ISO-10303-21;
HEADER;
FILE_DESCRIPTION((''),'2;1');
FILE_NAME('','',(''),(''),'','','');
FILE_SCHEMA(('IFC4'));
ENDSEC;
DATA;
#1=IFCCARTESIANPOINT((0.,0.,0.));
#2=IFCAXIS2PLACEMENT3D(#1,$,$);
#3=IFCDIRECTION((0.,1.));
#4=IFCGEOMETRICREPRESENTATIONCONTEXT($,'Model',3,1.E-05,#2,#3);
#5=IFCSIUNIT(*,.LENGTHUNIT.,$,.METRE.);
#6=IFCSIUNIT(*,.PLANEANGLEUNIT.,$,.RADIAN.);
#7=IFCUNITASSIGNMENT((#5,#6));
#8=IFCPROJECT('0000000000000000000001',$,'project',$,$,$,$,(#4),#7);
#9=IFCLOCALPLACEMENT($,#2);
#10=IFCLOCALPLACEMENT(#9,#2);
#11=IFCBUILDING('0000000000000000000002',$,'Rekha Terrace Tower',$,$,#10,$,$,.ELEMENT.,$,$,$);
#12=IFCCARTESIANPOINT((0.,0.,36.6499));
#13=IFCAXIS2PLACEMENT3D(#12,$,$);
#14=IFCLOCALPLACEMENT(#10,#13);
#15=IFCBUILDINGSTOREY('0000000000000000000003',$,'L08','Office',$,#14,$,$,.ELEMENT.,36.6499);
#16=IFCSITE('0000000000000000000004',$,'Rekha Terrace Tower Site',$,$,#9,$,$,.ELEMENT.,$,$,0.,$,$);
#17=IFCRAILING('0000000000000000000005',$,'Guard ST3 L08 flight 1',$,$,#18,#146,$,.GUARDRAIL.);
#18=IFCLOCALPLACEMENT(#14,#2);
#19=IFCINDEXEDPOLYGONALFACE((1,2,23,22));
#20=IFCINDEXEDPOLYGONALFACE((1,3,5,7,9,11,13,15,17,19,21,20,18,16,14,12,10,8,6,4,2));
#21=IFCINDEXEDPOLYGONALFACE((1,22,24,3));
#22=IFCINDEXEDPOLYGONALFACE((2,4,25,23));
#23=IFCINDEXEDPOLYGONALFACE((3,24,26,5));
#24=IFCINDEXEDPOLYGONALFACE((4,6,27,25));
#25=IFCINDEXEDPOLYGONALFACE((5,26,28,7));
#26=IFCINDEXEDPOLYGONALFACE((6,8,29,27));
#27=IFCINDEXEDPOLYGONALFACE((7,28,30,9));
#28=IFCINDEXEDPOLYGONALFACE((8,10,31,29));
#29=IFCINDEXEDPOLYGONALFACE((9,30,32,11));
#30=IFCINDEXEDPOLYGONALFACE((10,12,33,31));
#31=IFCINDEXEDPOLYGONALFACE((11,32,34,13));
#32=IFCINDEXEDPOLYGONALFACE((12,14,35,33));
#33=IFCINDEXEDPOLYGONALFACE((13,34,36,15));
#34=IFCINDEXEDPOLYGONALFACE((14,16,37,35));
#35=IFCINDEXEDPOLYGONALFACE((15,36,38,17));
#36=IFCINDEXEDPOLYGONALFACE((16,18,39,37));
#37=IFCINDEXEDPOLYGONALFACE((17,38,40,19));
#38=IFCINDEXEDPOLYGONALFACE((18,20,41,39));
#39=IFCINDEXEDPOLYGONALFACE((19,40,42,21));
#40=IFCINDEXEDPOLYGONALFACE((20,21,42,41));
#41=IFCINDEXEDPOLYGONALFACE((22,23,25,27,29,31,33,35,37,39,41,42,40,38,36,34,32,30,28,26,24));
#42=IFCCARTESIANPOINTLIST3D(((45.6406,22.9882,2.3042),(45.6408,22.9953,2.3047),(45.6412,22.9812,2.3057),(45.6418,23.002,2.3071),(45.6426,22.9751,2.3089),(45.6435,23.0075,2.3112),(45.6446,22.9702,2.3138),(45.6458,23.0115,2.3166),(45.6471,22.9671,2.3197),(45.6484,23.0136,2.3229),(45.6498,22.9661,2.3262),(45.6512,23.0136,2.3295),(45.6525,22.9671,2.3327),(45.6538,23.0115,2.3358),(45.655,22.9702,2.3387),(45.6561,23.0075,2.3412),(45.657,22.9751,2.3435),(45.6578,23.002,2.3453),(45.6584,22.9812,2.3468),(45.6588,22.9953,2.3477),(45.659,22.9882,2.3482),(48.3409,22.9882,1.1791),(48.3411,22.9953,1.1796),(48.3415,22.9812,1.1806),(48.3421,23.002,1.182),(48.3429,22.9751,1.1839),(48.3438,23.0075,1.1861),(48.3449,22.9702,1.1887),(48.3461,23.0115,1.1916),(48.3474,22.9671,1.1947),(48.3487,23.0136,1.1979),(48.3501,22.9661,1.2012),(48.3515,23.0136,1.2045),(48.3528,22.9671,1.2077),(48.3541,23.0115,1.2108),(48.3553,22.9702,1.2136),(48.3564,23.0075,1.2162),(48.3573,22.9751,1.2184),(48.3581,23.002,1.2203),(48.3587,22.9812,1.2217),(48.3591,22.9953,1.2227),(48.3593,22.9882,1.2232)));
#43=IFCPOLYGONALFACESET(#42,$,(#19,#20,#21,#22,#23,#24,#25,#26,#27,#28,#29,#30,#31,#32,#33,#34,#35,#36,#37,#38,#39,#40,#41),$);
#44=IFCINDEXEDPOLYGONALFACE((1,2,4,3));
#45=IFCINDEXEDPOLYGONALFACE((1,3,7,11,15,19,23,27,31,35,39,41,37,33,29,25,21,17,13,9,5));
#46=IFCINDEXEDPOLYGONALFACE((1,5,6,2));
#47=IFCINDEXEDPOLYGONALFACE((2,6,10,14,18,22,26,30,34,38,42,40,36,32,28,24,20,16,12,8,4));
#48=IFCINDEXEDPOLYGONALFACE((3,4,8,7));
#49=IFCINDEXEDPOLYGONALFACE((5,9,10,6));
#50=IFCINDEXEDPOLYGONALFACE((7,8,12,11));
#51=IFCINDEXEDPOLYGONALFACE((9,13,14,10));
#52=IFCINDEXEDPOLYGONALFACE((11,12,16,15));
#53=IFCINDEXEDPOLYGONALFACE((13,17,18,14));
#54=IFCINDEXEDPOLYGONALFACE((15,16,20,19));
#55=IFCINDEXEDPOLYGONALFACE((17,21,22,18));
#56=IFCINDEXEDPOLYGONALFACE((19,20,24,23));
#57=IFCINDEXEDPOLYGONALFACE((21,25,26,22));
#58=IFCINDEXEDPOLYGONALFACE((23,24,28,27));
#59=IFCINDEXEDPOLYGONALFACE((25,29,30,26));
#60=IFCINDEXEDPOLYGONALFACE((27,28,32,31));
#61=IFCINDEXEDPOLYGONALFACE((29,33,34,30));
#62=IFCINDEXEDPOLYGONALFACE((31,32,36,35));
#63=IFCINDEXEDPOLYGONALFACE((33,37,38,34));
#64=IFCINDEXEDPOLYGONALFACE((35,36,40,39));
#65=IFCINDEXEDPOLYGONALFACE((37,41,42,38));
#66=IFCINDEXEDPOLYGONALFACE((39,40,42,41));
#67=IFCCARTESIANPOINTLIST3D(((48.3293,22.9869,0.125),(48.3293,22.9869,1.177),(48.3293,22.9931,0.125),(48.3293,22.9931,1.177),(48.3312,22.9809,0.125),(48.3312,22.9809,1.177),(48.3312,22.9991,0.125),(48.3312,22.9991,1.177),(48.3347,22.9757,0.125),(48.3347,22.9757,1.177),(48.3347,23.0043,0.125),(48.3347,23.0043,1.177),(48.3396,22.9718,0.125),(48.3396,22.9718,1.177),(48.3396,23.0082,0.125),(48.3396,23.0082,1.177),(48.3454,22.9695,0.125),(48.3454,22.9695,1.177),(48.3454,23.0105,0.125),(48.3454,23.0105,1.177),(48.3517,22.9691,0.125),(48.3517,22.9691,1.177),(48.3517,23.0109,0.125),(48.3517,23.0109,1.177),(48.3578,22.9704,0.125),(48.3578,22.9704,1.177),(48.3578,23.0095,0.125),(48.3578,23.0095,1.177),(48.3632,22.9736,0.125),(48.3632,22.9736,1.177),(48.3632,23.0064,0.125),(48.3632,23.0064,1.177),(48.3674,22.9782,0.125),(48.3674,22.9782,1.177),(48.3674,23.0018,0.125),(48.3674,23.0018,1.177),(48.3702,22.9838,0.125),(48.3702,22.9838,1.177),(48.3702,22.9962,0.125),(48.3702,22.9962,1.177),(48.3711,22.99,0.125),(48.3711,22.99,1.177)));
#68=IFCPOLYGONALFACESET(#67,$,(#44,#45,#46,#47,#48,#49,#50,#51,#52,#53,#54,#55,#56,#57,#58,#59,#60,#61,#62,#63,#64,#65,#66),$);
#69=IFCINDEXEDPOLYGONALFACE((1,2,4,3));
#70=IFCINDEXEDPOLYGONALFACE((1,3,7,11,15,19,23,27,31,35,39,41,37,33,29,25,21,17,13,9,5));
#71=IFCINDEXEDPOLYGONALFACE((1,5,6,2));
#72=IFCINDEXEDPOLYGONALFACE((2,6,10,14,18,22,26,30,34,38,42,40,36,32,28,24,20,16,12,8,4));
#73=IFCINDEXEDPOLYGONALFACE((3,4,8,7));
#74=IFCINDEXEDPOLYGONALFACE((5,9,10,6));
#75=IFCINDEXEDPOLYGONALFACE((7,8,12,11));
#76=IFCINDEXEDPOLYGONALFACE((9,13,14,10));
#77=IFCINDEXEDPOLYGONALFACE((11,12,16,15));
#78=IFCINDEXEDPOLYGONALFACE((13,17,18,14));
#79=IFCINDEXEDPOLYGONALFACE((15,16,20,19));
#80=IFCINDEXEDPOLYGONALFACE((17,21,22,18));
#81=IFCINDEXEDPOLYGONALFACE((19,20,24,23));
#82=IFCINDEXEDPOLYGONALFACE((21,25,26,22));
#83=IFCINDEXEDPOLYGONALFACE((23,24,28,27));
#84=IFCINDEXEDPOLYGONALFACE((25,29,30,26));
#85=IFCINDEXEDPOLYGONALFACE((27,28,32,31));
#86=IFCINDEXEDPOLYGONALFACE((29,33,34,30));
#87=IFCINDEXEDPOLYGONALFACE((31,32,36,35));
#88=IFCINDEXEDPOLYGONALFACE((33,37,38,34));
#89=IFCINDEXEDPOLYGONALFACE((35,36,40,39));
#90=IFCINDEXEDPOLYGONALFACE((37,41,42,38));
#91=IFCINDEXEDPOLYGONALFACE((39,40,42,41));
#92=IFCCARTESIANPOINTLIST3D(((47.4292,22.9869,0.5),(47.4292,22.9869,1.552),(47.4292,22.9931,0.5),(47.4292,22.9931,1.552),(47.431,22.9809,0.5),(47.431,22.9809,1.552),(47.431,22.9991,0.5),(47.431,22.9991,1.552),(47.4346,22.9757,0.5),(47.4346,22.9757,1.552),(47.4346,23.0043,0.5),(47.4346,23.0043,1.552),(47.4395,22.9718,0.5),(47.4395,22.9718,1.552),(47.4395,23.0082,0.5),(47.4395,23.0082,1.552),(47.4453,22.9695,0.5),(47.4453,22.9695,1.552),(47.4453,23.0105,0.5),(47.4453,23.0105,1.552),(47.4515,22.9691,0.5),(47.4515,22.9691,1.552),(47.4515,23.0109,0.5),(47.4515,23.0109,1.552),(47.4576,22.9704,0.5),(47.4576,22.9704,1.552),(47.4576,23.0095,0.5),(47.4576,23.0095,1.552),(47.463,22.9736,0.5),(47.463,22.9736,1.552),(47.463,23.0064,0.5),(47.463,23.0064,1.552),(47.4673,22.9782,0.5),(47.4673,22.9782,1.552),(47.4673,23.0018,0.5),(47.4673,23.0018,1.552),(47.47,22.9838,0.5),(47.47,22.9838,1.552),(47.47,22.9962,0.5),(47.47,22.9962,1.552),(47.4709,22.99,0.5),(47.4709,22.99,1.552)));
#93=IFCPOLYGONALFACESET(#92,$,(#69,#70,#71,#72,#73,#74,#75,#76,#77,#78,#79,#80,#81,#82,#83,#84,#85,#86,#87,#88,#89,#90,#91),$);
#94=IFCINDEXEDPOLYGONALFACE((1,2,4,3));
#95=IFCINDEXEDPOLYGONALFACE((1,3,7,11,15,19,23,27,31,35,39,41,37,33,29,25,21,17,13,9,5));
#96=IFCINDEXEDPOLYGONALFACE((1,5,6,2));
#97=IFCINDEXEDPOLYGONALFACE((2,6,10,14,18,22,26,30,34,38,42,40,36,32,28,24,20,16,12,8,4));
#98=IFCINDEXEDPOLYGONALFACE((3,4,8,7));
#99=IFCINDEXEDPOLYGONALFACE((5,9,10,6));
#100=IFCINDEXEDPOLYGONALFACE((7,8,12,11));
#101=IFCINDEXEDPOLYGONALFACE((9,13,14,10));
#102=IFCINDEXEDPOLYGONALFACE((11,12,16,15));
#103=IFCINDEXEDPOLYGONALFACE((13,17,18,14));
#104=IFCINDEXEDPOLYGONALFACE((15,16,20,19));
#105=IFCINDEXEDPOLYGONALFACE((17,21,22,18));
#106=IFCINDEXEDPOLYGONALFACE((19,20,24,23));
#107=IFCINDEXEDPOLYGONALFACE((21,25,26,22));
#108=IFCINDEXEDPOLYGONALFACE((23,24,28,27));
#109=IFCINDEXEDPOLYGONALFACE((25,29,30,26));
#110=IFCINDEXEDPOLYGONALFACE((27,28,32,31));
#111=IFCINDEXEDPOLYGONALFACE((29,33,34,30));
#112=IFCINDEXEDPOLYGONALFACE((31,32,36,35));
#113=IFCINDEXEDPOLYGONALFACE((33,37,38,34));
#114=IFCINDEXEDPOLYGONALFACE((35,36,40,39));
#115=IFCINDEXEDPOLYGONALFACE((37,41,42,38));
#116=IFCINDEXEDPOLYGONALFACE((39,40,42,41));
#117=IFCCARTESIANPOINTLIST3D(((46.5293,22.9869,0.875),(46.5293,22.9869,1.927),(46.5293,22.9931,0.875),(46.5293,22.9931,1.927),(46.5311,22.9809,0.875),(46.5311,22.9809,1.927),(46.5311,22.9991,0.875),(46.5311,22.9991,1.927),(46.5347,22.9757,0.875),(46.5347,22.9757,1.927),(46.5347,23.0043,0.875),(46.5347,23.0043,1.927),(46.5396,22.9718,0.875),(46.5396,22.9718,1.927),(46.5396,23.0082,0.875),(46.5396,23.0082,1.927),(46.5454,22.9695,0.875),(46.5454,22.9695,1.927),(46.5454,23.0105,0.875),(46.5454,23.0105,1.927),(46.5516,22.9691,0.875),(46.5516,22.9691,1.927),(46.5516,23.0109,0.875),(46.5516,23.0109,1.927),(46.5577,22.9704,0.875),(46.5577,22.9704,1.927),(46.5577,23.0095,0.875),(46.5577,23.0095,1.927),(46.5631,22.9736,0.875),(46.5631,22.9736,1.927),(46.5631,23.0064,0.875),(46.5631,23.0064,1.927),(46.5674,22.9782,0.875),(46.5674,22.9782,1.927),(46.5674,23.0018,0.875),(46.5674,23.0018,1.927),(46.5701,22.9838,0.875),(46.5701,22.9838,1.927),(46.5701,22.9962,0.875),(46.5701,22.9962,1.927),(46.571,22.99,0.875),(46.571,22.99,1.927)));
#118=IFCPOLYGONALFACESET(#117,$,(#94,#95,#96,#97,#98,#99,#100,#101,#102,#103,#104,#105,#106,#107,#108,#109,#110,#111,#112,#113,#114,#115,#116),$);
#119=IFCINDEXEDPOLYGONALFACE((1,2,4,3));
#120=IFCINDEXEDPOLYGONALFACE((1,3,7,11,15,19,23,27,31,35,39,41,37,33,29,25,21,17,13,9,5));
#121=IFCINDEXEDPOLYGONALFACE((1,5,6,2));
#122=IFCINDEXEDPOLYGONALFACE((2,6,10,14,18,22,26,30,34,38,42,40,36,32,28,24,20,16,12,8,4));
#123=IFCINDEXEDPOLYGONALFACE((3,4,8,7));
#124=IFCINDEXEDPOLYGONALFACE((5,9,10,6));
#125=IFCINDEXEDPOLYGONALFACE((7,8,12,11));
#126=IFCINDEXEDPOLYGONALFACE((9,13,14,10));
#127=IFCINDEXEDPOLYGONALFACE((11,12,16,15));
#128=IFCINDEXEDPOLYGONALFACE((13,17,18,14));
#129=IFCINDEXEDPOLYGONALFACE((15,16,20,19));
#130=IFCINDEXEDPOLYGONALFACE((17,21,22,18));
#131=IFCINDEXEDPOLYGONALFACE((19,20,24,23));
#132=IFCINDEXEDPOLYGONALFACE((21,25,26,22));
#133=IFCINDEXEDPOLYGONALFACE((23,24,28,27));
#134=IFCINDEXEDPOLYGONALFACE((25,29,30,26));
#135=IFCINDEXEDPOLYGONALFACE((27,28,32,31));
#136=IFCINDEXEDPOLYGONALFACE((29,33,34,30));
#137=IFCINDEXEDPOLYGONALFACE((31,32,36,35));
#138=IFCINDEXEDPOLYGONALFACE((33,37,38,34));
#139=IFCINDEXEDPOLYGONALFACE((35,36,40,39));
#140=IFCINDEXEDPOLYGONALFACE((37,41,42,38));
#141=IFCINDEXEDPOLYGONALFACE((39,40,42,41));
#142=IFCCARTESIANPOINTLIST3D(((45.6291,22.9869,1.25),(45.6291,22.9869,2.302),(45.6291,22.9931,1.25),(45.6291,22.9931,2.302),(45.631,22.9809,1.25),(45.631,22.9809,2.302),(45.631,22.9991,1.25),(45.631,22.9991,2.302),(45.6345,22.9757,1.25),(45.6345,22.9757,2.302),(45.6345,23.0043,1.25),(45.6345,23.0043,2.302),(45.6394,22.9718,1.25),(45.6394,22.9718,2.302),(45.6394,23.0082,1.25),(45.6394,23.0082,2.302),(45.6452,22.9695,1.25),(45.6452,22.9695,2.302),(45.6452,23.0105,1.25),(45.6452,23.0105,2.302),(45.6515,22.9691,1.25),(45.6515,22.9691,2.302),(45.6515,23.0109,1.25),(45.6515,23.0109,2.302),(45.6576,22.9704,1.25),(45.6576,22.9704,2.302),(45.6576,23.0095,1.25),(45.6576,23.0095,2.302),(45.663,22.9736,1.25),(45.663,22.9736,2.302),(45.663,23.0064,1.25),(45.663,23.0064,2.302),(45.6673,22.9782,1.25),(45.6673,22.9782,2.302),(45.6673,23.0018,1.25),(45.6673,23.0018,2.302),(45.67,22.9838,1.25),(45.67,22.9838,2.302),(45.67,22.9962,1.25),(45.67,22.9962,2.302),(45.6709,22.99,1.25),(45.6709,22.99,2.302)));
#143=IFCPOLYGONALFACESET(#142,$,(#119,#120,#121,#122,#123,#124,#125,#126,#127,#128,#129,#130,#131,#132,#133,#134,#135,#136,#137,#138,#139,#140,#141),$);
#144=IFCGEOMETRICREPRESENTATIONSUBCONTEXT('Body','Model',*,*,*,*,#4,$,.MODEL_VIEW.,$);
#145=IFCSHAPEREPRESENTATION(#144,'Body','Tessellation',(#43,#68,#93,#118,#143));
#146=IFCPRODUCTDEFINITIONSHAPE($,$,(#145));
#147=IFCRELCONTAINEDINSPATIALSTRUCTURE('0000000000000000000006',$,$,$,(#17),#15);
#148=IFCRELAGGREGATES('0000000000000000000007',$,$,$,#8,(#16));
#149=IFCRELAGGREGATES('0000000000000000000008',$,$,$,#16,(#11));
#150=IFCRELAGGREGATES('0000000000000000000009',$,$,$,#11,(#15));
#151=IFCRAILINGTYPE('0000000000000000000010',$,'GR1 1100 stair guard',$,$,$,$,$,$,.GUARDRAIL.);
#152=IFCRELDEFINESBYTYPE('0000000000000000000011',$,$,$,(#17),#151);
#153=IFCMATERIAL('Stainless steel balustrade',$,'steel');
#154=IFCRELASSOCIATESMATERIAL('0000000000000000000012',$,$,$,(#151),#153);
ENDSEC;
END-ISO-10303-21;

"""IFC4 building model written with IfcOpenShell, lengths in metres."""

from ifc_helpers import new_model, si_unit, direction, frame, origin, origin_2d, place, context, subcontext, project, spatial, circle, extrude, material, type_object, element, save


model = new_model("IFC4")

# Units and contexts
model_context = context("Model", 3, precision=1e-05, world=origin(), true_north=direction((0.0, 1.0)))
body_context = subcontext(model_context, "Body", "Model", "MODEL_VIEW")
ifc_project = project(units=[si_unit("LENGTHUNIT", "METRE"), si_unit("PLANEANGLEUNIT", "RADIAN")], contexts=[model_context])

# Site, building, storey
site_placement = place(None, origin())
site = spatial("IfcSite", under=ifc_project, at=site_placement, Name="Rekha Terrace Tower Site", CompositionType="ELEMENT", RefElevation=0.0)
building_placement = place(site_placement, origin())
building = spatial("IfcBuilding", under=site, at=building_placement, Name="Rekha Terrace Tower", CompositionType="ELEMENT")
storey_placement = place(building_placement, frame((0.0, 0.0, 36.6499)))
storey = spatial("IfcBuildingStorey", under=building, at=storey_placement, Name="L08", Description="Office", CompositionType="ELEMENT", Elevation=36.6499)

# Railing
ifc_material_1 = material(Name="Stainless steel balustrade", Category="steel")
railing_type_1 = type_object("IfcRailingType", Name="GR1 1100 stair guard", PredefinedType="GUARDRAIL", material=ifc_material_1)
railing_1_placement = place(storey_placement, frame((48.3501, 22.99, 0.125)))
element("IfcRailing", 1, at=railing_1_placement, inside=storey, type_object=railing_type_1, Name="Guard ST3 L08 flight 1", PredefinedType="GUARDRAIL", context=body_context, shape_type="SweptSolid", body=[
    extrude(circle(Radius=0.0239, at=origin_2d()), frame((0.0, 0.0, 1.0762), z_axis=(-0.923087, 0.0, 0.384592), x_axis=(0.0, -1.0, 0.0)), (0.0, 0.0, 1.0), 2.9253),
    extrude(circle(Radius=0.021, at=origin_2d()), origin(), (0.0, 0.0, 1.0), 1.052),
    extrude(circle(Radius=0.021, at=origin_2d()), frame((-0.9001, 0.0, 0.375)), (0.0, 0.0, 1.0), 1.052),
    extrude(circle(Radius=0.021, at=origin_2d()), frame((-1.8, 0.0, 0.75)), (0.0, 0.0, 1.0), 1.052),
    extrude(circle(Radius=0.021, at=origin_2d()), frame((-2.7002, 0.0, 1.125)), (0.0, 0.0, 1.0), 1.052),
])

save(model, "model.ifc")
